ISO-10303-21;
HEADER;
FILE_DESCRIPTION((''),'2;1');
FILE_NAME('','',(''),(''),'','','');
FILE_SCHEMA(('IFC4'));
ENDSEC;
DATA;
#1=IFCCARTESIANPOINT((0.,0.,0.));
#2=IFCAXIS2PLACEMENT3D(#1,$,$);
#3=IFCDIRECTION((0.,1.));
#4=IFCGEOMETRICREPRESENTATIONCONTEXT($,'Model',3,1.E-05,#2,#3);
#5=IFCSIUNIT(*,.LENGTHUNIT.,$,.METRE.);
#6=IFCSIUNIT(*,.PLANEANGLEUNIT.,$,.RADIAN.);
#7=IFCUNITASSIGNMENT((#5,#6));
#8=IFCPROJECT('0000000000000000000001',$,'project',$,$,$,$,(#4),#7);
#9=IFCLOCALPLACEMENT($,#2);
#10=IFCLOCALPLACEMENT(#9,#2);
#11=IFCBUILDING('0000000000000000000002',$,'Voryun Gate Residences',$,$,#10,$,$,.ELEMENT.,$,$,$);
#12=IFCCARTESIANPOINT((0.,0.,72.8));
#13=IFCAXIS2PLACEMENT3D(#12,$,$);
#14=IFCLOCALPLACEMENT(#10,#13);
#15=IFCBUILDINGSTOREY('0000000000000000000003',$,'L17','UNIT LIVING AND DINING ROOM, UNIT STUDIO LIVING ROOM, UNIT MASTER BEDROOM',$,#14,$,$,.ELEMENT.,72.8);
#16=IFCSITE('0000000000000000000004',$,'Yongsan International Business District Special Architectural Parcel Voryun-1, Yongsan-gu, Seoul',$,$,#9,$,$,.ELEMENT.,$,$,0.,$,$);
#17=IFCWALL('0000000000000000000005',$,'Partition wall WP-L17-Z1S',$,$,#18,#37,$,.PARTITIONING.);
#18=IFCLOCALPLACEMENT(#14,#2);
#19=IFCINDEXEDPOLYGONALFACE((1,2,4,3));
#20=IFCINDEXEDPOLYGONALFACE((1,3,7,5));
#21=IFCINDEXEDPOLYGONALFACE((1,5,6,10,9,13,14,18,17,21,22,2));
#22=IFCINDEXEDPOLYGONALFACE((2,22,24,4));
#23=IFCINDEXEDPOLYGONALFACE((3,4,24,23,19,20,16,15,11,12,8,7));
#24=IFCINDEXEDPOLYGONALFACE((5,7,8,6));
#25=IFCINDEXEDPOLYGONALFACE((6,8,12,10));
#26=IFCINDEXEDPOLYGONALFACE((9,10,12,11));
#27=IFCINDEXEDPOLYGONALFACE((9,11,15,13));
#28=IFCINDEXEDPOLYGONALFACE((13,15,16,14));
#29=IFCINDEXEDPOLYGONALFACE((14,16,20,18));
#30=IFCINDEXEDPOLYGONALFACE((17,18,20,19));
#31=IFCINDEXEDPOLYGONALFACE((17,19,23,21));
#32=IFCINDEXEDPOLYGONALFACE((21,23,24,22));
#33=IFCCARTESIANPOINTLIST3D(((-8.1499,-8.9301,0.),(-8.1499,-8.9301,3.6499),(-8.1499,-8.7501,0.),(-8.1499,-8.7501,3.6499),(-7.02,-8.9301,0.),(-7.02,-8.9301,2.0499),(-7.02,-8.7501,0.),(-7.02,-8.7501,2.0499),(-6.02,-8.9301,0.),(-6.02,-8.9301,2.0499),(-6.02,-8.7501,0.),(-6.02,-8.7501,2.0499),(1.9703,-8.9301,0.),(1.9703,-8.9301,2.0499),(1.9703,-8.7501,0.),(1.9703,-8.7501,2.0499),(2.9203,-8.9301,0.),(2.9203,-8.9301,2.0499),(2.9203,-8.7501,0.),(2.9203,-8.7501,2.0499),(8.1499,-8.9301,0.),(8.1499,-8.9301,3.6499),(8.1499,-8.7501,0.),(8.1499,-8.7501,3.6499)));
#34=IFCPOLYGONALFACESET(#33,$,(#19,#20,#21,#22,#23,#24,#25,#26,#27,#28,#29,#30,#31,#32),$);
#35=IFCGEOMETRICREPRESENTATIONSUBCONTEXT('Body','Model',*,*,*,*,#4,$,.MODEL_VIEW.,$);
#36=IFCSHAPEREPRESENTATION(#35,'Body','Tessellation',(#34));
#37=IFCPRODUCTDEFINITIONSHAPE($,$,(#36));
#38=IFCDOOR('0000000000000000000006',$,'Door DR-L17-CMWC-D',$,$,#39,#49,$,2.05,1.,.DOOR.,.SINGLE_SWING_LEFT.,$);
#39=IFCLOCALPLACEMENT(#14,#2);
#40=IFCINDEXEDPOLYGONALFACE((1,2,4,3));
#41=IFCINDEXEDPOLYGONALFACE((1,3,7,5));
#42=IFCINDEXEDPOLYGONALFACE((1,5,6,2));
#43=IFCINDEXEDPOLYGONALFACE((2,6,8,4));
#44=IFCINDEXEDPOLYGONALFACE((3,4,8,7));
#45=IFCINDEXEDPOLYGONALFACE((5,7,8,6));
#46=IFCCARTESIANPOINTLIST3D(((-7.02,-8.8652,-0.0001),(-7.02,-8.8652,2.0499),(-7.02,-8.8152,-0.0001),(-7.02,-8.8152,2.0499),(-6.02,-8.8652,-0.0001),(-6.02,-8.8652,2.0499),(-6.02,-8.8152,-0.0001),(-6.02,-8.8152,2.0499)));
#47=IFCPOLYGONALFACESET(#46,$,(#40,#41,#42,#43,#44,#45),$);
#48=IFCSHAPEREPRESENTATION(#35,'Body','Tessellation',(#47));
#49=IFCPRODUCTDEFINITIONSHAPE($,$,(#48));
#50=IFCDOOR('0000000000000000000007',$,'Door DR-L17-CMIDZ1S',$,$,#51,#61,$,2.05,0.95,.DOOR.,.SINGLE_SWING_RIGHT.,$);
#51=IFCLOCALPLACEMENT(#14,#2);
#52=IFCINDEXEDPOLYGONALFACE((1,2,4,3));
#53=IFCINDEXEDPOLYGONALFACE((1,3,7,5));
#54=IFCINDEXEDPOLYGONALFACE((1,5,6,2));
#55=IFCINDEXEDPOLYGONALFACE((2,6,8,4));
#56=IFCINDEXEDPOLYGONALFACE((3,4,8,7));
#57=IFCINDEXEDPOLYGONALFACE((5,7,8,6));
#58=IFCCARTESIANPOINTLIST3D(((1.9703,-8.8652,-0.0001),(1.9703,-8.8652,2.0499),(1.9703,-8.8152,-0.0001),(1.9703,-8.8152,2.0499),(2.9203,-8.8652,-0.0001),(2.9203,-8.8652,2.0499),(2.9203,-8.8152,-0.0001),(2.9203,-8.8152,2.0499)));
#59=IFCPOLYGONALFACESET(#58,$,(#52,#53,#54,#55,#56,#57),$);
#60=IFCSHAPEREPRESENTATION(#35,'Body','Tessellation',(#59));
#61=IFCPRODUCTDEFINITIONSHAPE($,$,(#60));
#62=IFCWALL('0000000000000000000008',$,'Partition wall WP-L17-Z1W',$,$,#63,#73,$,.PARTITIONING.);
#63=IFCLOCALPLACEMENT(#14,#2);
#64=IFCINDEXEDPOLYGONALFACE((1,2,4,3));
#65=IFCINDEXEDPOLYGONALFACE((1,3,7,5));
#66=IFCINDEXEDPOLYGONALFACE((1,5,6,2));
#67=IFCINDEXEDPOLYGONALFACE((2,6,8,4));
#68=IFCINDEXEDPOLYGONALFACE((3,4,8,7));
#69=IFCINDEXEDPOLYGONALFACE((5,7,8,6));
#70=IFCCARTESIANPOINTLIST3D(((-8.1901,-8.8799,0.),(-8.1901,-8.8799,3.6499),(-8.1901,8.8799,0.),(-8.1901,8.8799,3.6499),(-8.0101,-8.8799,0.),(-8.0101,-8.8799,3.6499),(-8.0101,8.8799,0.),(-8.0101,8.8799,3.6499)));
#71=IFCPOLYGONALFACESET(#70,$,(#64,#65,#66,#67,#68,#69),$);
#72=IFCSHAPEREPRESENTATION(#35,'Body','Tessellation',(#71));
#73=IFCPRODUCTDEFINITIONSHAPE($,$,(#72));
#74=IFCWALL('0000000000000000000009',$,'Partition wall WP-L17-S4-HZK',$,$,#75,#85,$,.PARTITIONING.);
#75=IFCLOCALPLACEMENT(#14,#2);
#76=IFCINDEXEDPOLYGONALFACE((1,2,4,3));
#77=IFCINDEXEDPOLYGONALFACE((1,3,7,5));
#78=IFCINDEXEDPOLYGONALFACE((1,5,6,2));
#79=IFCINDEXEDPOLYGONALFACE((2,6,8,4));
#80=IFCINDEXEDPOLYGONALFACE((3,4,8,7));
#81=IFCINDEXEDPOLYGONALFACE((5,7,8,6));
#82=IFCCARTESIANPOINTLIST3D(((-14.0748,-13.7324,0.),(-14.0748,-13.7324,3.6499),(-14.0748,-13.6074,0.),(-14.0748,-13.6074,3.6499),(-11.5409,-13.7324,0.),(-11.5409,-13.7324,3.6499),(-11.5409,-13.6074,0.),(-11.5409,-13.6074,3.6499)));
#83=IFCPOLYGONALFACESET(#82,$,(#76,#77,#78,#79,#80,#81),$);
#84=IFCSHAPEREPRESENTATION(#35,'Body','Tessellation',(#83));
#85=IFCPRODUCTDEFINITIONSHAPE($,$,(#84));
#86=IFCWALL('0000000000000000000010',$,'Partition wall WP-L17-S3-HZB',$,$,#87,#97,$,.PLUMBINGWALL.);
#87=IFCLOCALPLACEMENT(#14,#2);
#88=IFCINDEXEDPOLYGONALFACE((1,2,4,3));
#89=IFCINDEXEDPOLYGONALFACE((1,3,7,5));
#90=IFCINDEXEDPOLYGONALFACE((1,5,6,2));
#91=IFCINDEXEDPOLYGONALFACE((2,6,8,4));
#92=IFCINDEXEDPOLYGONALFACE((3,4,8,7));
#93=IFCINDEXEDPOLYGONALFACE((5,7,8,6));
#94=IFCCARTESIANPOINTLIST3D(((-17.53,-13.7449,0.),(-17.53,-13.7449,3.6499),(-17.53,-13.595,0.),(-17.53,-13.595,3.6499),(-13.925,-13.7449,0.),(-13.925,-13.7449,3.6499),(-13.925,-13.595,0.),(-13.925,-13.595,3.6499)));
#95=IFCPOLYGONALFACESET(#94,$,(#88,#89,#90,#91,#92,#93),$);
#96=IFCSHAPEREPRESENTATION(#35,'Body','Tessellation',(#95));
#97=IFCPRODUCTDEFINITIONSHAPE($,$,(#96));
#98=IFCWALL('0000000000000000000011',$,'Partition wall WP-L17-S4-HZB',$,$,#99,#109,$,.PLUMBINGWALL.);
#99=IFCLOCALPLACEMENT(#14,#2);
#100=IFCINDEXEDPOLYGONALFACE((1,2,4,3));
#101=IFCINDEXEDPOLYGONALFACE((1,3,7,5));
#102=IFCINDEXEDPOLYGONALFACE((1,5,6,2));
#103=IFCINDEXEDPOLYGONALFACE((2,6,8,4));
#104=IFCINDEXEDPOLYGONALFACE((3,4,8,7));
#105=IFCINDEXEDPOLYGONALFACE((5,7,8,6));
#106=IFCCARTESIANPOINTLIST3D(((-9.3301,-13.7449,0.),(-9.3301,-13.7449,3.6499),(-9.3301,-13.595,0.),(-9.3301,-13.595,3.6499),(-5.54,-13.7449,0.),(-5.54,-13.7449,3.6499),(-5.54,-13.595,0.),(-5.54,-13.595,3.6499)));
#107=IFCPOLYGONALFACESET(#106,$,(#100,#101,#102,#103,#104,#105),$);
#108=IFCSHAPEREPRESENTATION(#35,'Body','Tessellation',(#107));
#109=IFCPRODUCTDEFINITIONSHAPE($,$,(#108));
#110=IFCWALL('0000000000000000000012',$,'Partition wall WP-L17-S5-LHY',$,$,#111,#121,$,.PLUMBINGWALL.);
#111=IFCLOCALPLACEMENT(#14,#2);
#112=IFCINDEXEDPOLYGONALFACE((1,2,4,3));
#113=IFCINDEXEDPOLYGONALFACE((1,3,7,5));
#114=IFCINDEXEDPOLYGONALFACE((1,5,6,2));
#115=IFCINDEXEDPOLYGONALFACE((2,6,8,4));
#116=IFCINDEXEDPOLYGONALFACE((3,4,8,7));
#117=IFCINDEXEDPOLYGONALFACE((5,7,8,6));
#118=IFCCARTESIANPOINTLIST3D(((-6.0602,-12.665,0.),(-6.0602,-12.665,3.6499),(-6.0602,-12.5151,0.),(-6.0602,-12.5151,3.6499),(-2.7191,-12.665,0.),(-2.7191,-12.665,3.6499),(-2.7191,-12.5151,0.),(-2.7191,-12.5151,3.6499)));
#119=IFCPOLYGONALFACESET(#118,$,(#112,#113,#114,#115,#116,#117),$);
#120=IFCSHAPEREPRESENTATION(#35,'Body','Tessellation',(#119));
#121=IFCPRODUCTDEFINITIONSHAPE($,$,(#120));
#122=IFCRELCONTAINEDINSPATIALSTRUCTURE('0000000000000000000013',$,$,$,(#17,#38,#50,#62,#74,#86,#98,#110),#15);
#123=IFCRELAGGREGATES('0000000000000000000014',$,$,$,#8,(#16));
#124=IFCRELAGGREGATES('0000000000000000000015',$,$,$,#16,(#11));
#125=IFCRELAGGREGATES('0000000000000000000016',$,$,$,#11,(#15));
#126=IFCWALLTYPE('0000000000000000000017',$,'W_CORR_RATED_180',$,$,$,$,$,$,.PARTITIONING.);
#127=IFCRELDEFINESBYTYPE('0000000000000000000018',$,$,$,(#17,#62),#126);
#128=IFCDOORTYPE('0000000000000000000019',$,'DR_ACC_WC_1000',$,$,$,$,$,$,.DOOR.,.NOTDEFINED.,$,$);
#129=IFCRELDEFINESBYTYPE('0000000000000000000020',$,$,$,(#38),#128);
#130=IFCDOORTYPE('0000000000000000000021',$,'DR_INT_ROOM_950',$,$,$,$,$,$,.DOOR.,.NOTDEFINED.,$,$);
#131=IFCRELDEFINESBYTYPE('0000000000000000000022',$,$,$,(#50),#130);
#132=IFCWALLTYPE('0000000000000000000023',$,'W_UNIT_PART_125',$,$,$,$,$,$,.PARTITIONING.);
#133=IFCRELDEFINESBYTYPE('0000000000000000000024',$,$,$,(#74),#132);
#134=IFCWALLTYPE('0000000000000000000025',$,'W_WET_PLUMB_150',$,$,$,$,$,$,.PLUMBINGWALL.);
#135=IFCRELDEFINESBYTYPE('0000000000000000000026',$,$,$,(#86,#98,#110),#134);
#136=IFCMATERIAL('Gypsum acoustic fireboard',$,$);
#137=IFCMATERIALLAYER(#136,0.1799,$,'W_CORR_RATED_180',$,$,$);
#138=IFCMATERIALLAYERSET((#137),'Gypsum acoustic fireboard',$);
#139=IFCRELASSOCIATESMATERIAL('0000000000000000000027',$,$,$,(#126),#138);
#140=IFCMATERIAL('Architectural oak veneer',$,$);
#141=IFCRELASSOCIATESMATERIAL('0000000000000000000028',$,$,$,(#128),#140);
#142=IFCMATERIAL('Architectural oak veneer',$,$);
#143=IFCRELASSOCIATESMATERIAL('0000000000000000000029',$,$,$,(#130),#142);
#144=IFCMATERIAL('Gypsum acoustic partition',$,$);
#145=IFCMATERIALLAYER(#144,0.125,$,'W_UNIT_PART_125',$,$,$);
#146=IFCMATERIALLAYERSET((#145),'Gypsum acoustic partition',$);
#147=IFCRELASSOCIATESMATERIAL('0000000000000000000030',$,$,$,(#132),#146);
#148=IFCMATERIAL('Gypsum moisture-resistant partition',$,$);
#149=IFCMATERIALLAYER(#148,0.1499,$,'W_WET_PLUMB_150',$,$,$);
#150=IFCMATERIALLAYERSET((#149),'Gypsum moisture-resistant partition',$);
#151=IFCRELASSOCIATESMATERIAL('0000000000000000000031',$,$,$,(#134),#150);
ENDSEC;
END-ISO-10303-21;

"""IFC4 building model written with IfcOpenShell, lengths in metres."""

from ifc_helpers import new_model, si_unit, direction, frame, frame_2d, origin, place, context, subcontext, project, spatial, rectangle, extrude, material, layer, layer_set, type_object, element, fill, save


model = new_model("IFC4")

# Units and contexts
model_context = context("Model", 3, precision=1e-05, world=origin(), true_north=direction((0.0, 1.0)))
body_context = subcontext(model_context, "Body", "Model", "MODEL_VIEW")
ifc_project = project(units=[si_unit("LENGTHUNIT", "METRE"), si_unit("PLANEANGLEUNIT", "RADIAN")], contexts=[model_context])

# Site, building, storey
site_placement = place(None, origin())
site = spatial("IfcSite", under=ifc_project, at=site_placement, Name="Yongsan International Business District Special Architectural Parcel Voryun-1, Yongsan-gu, Seoul", CompositionType="ELEMENT", RefElevation=0.0)
building_placement = place(site_placement, origin())
building = spatial("IfcBuilding", under=site, at=building_placement, Name="Voryun Gate Residences", CompositionType="ELEMENT")
storey_placement = place(building_placement, frame((0.0, 0.0, 72.8)))
storey = spatial("IfcBuildingStorey", under=building, at=storey_placement, Name="L17", Description="UNIT LIVING AND DINING ROOM, UNIT STUDIO LIVING ROOM, UNIT MASTER BEDROOM", CompositionType="ELEMENT", Elevation=72.8)

# Shared definitions
ifc_material_1 = material(Name="Gypsum acoustic fireboard")
ifc_layer_1 = layer(ifc_material_1, 0.1799, Name="W_CORR_RATED_180")
ifc_layer_set_1 = layer_set([ifc_layer_1], Name="Gypsum acoustic fireboard")
wall_type_1 = type_object("IfcWallType", Name="W_CORR_RATED_180", PredefinedType="PARTITIONING", material=ifc_layer_set_1)

# Wall, openings, doors
wall_1_placement = place(storey_placement, frame((-8.1499, -8.8401, 0.0), z_axis=(0.0, 0.0, 1.0), x_axis=(1.0, 0.0, 0.0)))
wall_1 = element("IfcWall", 1, at=wall_1_placement, inside=storey, type_object=wall_type_1, Name="Partition wall WP-L17-Z1S", PredefinedType="PARTITIONING", context=body_context, shape_type="SweptSolid", body=[
    extrude(rectangle(XDim=16.2998, YDim=0.1799, at=frame_2d((8.1499, 0.0))), origin(), (0.0, 0.0, 1.0), 3.6499),
])
opening_1_placement = place(wall_1_placement, frame((1.1299, 0.0, 0.0)))
opening_1 = element("IfcOpeningElement", 2, at=opening_1_placement, cuts=wall_1, PredefinedType="OPENING", context=body_context, shape_type="SweptSolid", body=[
    extrude(rectangle(XDim=1.0, YDim=2.05, at=frame_2d((0.5, 1.0249))), frame((0.0, 0.0999, 0.0), z_axis=(0.0, -1.0, 0.0), x_axis=(1.0, 0.0, 0.0)), (0.0, 0.0, 1.0), 0.2),
])
opening_2_placement = place(wall_1_placement, frame((10.1201, 0.0, 0.0)))
opening_2 = element("IfcOpeningElement", 3, at=opening_2_placement, cuts=wall_1, PredefinedType="OPENING", context=body_context, shape_type="SweptSolid", body=[
    extrude(rectangle(XDim=0.95, YDim=2.05, at=frame_2d((0.4751, 1.0249))), frame((0.0, 0.0999, 0.0), z_axis=(0.0, -1.0, 0.0), x_axis=(1.0, 0.0, 0.0)), (0.0, 0.0, 1.0), 0.2),
])
ifc_material_2 = material(Name="Architectural oak veneer")
door_type_1 = type_object("IfcDoorType", Name="DR_ACC_WC_1000", OperationType="NOTDEFINED", PredefinedType="DOOR", material=ifc_material_2)
door_1_placement = place(opening_1_placement, origin())
door_1 = element("IfcDoor", 4, at=door_1_placement, inside=storey, type_object=door_type_1, Name="Door DR-L17-CMWC-D", OperationType="SINGLE_SWING_LEFT", OverallHeight=2.05, OverallWidth=1.0, PredefinedType="DOOR", context=body_context, shape_type="SweptSolid", body=[
    extrude(rectangle(XDim=1.0, YDim=2.05, at=frame_2d((0.5, 1.0249))), frame((0.0, 0.0249, 0.0), z_axis=(0.0, -1.0, 0.0), x_axis=(1.0, 0.0, 0.0)), (0.0, 0.0, 1.0), 0.05),
])
fill(opening_1, door_1)
ifc_material_3 = material(Name="Architectural oak veneer")
door_type_2 = type_object("IfcDoorType", Name="DR_INT_ROOM_950", OperationType="NOTDEFINED", PredefinedType="DOOR", material=ifc_material_3)
door_2_placement = place(opening_2_placement, origin())
door_2 = element("IfcDoor", 5, at=door_2_placement, inside=storey, type_object=door_type_2, Name="Door DR-L17-CMIDZ1S", OperationType="SINGLE_SWING_RIGHT", OverallHeight=2.05, OverallWidth=0.95, PredefinedType="DOOR", context=body_context, shape_type="SweptSolid", body=[
    extrude(rectangle(XDim=0.95, YDim=2.05, at=frame_2d((0.4751, 1.0249))), frame((0.0, 0.0249, 0.0), z_axis=(0.0, -1.0, 0.0), x_axis=(1.0, 0.0, 0.0)), (0.0, 0.0, 1.0), 0.05),
])
fill(opening_2, door_2)

# Walls
wall_2_placement = place(storey_placement, frame((-8.1001, -8.8799, 0.0), z_axis=(0.0, 0.0, 1.0), x_axis=(0.0, 1.0, 0.0)))
element("IfcWall", 6, at=wall_2_placement, inside=storey, type_object=wall_type_1, Name="Partition wall WP-L17-Z1W", PredefinedType="PARTITIONING", context=body_context, shape_type="SweptSolid", body=[
    extrude(rectangle(XDim=17.7598, YDim=0.1799, at=frame_2d((8.8799, 0.0))), origin(), (0.0, 0.0, 1.0), 3.6499),
])
ifc_material_4 = material(Name="Gypsum acoustic partition")
ifc_layer_2 = layer(ifc_material_4, 0.125, Name="W_UNIT_PART_125")
ifc_layer_set_2 = layer_set([ifc_layer_2], Name="Gypsum acoustic partition")
wall_type_2 = type_object("IfcWallType", Name="W_UNIT_PART_125", PredefinedType="PARTITIONING", material=ifc_layer_set_2)
wall_3_placement = place(storey_placement, frame((-14.075, -13.6699, 0.0), z_axis=(0.0, 0.0, 1.0), x_axis=(1.0, 0.0, 0.0)))
element("IfcWall", 7, at=wall_3_placement, inside=storey, type_object=wall_type_2, Name="Partition wall WP-L17-S4-HZK", PredefinedType="PARTITIONING", context=body_context, shape_type="SweptSolid", body=[
    extrude(rectangle(XDim=2.5339, YDim=0.125, at=frame_2d((1.2671, 0.0))), origin(), (0.0, 0.0, 1.0), 3.6499),
])
ifc_material_5 = material(Name="Gypsum moisture-resistant partition")
ifc_layer_3 = layer(ifc_material_5, 0.1499, Name="W_WET_PLUMB_150")
ifc_layer_set_3 = layer_set([ifc_layer_3], Name="Gypsum moisture-resistant partition")
wall_type_3 = type_object("IfcWallType", Name="W_WET_PLUMB_150", PredefinedType="PLUMBINGWALL", material=ifc_layer_set_3)
wall_4_placement = place(storey_placement, frame((-17.53, -13.6699, 0.0), z_axis=(0.0, 0.0, 1.0), x_axis=(1.0, 0.0, 0.0)))
element("IfcWall", 8, at=wall_4_placement, inside=storey, type_object=wall_type_3, Name="Partition wall WP-L17-S3-HZB", PredefinedType="PLUMBINGWALL", context=body_context, shape_type="SweptSolid", body=[
    extrude(rectangle(XDim=3.605, YDim=0.1499, at=frame_2d((1.8025, 0.0))), origin(), (0.0, 0.0, 1.0), 3.6499),
])
wall_5_placement = place(storey_placement, frame((-9.3301, -13.6699, 0.0), z_axis=(0.0, 0.0, 1.0), x_axis=(1.0, 0.0, 0.0)))
element("IfcWall", 9, at=wall_5_placement, inside=storey, type_object=wall_type_3, Name="Partition wall WP-L17-S4-HZB", PredefinedType="PLUMBINGWALL", context=body_context, shape_type="SweptSolid", body=[
    extrude(rectangle(XDim=3.79, YDim=0.1499, at=frame_2d((1.895, 0.0))), origin(), (0.0, 0.0, 1.0), 3.6499),
])
wall_6_placement = place(storey_placement, frame((-6.0601, -12.5901, 0.0), z_axis=(0.0, 0.0, 1.0), x_axis=(1.0, 0.0, 0.0)))
element("IfcWall", 10, at=wall_6_placement, inside=storey, type_object=wall_type_3, Name="Partition wall WP-L17-S5-LHY", PredefinedType="PLUMBINGWALL", context=body_context, shape_type="SweptSolid", body=[
    extrude(rectangle(XDim=3.3411, YDim=0.1499, at=frame_2d((1.6704, 0.0))), origin(), (0.0, 0.0, 1.0), 3.6499),
])

save(model, "model.ifc")
